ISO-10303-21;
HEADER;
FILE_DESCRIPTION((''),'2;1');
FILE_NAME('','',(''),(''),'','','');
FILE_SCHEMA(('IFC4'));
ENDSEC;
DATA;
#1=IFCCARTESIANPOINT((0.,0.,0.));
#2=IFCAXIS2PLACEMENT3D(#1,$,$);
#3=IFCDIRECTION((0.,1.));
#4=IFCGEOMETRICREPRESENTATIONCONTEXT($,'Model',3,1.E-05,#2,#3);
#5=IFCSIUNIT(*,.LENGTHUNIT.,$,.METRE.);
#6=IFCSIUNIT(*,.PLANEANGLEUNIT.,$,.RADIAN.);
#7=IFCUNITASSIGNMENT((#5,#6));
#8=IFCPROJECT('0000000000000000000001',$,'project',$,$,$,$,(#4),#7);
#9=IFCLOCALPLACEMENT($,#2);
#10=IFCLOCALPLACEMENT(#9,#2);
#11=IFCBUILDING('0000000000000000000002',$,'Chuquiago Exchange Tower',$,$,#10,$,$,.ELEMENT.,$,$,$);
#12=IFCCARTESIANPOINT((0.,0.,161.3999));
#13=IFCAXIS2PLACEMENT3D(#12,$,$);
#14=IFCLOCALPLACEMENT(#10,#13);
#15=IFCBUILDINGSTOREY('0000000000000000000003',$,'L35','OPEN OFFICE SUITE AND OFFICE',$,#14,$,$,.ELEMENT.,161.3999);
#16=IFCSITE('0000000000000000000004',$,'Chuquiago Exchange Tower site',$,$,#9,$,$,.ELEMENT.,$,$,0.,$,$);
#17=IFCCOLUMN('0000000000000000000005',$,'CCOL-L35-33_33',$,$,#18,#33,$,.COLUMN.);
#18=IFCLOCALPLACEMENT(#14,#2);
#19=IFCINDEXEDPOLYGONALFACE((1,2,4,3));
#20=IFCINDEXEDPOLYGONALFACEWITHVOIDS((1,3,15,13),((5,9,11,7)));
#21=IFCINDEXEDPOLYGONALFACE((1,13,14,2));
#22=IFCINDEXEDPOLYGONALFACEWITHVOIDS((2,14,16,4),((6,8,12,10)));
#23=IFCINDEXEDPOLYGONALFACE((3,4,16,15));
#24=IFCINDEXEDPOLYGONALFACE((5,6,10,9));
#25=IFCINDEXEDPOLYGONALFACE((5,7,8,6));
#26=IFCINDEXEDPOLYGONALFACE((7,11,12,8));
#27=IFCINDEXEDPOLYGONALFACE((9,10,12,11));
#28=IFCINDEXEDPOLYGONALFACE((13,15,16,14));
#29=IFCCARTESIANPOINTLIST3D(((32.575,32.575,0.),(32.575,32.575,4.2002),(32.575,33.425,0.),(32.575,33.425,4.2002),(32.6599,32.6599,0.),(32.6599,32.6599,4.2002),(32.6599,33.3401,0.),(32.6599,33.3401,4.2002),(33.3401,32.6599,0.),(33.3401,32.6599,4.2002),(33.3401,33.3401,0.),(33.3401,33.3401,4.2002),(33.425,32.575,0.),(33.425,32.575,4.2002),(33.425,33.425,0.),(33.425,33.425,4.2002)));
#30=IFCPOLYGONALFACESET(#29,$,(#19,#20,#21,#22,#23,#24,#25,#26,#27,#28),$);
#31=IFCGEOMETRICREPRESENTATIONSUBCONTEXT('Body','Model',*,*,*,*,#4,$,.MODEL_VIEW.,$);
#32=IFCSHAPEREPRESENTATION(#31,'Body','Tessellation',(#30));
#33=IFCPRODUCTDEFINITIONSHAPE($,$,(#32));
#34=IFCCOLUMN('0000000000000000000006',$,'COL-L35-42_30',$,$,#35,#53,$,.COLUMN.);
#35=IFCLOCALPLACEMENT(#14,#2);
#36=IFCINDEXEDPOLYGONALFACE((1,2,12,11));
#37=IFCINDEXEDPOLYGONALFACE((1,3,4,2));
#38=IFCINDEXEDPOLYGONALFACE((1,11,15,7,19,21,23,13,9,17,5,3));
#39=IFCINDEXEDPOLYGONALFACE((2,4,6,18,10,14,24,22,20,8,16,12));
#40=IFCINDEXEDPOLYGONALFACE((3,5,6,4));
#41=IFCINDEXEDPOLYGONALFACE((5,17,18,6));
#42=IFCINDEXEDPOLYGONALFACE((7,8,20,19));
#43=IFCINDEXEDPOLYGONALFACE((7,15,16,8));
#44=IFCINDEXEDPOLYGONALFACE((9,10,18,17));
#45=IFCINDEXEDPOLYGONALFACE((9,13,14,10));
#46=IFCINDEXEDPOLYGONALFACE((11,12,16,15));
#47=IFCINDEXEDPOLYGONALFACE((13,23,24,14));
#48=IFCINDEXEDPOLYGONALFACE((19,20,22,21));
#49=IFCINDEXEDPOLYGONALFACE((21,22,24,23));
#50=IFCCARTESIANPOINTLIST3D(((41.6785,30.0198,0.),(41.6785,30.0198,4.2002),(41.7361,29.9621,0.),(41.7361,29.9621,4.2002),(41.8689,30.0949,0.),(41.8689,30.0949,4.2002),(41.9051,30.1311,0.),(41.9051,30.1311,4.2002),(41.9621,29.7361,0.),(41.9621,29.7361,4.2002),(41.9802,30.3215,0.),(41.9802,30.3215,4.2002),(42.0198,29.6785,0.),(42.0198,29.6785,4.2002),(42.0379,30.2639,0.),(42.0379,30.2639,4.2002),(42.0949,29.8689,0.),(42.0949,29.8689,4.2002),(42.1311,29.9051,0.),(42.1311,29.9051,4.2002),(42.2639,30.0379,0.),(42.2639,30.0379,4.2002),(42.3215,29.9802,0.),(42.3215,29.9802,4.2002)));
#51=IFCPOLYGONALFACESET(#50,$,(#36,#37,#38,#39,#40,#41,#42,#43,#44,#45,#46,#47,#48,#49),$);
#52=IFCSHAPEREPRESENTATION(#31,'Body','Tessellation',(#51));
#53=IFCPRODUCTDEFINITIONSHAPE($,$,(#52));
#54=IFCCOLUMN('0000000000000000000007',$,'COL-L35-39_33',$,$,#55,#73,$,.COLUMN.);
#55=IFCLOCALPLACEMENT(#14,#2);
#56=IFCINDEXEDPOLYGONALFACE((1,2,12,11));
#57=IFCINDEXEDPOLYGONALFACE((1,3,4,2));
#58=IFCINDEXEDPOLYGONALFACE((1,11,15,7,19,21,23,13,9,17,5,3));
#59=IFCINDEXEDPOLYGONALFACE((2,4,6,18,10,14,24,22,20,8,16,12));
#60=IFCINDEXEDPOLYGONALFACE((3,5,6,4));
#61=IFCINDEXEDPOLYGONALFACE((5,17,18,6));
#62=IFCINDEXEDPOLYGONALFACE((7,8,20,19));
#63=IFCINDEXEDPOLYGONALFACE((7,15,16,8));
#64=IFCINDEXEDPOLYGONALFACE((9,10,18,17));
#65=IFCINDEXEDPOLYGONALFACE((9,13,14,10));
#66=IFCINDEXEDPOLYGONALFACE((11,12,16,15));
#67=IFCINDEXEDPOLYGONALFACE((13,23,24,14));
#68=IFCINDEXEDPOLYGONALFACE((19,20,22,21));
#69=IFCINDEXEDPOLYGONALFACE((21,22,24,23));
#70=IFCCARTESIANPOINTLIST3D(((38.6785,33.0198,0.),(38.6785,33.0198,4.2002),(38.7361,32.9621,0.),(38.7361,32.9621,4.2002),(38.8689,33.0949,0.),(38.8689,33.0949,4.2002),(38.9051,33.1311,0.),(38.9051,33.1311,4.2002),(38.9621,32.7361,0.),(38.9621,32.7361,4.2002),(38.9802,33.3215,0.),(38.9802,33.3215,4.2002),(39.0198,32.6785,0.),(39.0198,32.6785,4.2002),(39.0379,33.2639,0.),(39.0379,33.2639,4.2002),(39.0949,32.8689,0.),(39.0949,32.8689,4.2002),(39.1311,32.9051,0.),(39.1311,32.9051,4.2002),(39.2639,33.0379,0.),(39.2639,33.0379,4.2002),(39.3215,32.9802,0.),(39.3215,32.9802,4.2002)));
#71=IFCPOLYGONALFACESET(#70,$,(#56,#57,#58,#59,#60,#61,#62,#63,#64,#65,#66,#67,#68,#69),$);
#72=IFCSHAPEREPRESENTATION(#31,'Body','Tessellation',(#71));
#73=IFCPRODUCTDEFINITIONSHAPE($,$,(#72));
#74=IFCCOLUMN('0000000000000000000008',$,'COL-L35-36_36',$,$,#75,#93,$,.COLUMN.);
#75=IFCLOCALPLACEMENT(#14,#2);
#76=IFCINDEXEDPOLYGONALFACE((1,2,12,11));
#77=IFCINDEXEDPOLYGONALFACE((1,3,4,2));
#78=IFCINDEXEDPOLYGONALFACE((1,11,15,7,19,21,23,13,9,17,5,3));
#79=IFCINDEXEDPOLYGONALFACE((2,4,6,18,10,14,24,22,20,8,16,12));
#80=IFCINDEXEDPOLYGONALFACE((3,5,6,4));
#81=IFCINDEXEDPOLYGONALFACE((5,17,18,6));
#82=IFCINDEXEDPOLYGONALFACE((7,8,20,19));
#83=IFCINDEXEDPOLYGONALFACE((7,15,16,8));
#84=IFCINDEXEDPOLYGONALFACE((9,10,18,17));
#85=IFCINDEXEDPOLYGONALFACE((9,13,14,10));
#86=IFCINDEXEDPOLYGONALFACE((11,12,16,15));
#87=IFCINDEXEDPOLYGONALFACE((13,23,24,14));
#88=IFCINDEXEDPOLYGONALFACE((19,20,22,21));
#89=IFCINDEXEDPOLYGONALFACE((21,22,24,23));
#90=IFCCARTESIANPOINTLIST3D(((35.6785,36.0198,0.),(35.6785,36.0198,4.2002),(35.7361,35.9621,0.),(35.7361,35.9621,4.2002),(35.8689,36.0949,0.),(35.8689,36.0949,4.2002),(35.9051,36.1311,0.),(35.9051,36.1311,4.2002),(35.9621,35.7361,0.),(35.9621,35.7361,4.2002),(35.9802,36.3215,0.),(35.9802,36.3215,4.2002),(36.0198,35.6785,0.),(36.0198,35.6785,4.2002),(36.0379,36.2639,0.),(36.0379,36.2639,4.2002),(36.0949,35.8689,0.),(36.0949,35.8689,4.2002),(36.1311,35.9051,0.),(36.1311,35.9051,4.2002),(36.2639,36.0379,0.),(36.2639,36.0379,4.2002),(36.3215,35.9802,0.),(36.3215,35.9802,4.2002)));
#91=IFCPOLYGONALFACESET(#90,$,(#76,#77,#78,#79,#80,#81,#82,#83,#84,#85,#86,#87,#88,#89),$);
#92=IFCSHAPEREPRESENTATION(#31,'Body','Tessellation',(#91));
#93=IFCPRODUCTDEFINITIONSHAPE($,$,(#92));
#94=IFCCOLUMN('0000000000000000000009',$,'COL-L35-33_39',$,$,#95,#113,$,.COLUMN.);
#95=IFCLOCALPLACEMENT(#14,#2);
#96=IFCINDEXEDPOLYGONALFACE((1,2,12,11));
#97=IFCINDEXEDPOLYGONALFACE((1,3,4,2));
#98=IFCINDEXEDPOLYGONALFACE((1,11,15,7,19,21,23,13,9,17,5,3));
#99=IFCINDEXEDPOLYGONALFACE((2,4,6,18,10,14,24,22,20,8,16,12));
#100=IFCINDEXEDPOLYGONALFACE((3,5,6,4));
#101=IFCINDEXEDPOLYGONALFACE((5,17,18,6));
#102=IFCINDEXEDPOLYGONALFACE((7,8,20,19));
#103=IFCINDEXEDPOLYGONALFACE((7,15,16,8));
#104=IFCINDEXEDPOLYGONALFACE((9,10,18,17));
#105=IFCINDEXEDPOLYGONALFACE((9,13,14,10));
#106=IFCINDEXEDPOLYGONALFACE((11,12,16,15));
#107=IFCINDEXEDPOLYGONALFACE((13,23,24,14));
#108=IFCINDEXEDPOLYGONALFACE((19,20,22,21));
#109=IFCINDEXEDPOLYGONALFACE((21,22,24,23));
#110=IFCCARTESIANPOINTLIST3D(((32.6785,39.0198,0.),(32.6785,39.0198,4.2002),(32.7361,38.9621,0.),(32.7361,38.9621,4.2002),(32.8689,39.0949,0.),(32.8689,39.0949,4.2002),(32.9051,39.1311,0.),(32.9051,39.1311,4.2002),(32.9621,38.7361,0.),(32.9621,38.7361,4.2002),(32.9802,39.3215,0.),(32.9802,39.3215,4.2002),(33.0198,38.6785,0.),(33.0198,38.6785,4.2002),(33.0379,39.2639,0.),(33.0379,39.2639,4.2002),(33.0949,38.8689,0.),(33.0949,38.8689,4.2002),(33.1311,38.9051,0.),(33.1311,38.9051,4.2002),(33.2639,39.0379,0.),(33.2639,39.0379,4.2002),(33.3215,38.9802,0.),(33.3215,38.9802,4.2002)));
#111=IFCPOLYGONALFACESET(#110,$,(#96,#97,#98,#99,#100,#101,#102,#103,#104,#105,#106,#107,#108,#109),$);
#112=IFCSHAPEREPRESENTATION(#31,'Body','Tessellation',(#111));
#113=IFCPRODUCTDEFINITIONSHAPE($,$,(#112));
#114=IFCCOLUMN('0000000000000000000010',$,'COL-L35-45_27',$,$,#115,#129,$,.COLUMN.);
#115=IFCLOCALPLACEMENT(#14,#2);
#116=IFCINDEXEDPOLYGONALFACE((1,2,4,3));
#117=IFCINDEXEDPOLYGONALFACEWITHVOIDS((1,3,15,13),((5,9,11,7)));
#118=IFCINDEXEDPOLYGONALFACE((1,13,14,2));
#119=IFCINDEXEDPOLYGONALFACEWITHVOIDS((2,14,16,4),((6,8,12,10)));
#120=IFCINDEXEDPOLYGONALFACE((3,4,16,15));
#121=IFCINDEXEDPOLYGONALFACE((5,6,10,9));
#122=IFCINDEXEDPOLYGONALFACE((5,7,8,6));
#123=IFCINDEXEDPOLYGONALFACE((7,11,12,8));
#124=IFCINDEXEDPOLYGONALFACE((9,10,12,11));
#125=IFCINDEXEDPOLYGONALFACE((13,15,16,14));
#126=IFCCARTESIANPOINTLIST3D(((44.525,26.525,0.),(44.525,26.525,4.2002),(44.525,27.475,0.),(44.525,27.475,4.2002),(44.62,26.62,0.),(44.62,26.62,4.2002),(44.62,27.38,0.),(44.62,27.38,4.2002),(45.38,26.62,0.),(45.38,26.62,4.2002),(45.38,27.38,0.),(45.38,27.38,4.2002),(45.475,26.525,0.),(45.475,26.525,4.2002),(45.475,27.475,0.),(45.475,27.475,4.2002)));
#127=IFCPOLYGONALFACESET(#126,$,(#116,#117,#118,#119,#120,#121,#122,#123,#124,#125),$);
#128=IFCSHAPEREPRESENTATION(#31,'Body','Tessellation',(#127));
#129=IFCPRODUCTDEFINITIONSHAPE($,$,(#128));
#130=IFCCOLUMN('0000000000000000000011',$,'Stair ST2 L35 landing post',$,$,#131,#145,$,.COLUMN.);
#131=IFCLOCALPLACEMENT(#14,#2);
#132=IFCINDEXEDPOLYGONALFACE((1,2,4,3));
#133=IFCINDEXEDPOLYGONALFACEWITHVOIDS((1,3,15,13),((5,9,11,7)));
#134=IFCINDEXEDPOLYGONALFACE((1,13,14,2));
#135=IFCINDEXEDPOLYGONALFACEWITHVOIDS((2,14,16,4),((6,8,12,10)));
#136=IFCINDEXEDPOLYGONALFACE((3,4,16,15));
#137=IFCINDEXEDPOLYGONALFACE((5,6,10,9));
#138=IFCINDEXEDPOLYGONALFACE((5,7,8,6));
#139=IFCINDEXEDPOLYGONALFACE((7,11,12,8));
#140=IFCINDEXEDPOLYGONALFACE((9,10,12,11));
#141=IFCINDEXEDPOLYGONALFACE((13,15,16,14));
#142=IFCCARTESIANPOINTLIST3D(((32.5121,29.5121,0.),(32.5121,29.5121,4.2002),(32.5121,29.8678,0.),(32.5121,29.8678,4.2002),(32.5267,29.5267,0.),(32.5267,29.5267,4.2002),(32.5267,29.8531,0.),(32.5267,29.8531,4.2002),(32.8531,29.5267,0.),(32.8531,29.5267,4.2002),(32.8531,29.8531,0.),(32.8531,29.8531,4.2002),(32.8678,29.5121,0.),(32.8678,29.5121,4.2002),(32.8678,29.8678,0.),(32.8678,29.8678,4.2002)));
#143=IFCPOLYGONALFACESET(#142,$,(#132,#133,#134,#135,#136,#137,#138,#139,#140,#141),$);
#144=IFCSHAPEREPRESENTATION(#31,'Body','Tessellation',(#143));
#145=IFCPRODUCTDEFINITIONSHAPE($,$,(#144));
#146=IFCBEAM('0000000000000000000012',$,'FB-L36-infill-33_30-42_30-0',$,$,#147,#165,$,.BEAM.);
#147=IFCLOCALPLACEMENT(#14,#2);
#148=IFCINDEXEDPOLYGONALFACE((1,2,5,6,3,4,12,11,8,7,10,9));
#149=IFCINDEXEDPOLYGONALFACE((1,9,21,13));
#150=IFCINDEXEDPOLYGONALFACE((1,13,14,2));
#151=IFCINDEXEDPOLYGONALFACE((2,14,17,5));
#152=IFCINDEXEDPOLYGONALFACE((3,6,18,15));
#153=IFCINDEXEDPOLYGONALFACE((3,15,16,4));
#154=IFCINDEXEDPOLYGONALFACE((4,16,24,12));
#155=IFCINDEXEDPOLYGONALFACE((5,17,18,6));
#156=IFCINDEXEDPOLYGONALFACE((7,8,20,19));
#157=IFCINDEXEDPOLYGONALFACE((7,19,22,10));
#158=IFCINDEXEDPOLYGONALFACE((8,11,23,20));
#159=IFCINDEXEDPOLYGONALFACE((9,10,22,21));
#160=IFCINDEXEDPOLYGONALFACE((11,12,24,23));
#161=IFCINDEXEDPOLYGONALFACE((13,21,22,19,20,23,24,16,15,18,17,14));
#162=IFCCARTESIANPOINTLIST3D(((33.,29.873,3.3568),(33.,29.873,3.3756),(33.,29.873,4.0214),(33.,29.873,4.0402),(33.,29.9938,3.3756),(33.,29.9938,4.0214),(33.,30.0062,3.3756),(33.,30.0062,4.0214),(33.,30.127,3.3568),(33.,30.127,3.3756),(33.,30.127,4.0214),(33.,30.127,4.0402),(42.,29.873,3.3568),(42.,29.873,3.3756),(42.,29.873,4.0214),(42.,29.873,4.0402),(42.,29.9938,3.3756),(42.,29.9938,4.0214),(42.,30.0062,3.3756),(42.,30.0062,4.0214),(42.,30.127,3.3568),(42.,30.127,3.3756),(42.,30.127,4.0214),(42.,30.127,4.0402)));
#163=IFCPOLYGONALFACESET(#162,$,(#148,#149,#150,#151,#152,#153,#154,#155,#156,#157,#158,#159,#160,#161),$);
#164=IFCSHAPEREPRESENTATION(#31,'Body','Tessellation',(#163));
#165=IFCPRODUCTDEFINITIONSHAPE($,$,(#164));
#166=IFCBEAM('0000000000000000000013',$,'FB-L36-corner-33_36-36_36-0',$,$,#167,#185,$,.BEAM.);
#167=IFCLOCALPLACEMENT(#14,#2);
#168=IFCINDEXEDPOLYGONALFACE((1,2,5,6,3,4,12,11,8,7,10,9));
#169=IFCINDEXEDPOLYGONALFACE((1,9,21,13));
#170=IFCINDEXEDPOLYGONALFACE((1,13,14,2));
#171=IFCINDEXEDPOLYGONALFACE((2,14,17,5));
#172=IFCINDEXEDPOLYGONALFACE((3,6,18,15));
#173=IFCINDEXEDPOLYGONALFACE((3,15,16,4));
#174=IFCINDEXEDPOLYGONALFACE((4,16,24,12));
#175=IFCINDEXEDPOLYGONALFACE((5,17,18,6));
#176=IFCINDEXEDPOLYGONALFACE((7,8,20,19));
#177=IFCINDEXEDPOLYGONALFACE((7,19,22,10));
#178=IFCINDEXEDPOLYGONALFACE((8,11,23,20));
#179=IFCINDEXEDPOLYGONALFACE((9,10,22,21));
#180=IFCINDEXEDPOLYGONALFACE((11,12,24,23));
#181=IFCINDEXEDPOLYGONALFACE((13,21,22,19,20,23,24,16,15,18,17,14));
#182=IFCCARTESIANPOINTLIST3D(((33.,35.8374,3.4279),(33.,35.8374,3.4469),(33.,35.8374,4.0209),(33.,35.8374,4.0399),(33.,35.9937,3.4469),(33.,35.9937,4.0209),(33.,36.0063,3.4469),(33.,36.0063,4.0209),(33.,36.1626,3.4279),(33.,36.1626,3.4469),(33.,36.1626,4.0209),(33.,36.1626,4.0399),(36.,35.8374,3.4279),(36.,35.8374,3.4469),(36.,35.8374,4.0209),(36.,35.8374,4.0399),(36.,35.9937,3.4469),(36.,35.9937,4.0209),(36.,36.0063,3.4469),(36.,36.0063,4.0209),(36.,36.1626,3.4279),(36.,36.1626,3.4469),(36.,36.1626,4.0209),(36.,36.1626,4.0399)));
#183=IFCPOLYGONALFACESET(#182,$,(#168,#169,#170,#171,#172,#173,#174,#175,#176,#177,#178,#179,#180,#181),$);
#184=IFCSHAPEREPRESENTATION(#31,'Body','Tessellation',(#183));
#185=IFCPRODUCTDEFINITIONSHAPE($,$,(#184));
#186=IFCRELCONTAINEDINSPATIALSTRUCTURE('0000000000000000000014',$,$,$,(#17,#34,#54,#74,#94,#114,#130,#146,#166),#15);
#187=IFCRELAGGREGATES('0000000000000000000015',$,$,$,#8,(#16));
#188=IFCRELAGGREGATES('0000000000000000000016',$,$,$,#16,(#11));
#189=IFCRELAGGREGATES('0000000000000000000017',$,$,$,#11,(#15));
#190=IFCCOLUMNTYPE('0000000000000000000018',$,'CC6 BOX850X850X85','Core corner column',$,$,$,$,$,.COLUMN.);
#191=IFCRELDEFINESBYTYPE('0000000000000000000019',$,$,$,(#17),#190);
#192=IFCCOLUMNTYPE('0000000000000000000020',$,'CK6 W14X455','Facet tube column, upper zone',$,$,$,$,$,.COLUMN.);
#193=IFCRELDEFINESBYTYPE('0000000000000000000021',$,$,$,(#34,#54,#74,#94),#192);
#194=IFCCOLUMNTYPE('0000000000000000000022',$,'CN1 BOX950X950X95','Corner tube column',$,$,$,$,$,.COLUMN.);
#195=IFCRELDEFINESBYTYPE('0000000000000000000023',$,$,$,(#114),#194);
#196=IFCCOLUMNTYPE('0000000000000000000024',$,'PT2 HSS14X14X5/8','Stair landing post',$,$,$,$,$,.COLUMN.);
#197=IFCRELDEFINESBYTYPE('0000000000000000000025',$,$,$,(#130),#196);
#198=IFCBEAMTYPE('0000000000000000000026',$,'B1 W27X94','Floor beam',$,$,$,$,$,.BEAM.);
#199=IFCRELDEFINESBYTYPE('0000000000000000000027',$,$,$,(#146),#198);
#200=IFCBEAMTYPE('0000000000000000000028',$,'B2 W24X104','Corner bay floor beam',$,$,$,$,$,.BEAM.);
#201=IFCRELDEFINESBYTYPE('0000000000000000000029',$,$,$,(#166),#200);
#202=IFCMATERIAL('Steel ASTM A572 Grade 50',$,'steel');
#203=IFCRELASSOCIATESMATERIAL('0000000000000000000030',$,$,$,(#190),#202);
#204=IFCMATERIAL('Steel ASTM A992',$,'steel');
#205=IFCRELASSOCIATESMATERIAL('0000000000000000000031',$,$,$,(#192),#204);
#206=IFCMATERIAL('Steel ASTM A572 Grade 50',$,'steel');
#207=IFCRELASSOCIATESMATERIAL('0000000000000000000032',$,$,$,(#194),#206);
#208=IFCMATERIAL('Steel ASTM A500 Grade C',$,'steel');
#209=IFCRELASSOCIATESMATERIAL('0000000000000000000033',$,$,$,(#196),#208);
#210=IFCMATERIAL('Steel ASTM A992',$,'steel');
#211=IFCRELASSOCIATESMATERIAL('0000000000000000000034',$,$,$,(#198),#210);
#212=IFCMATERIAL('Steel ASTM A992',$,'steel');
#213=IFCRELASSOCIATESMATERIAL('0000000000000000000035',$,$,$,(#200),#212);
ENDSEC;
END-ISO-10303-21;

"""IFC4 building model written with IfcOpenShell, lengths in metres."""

from ifc_helpers import new_model, si_unit, direction, frame, origin, origin_2d, place, context, subcontext, project, spatial, hollow_rectangle, i_section, extrude, material, material_profile, profile_set, type_object, element, save


model = new_model("IFC4")

# Units and contexts
model_context = context("Model", 3, precision=1e-05, world=origin(), true_north=direction((0.0, 1.0)))
body_context = subcontext(model_context, "Body", "Model", "MODEL_VIEW")
ifc_project = project(units=[si_unit("LENGTHUNIT", "METRE"), si_unit("PLANEANGLEUNIT", "RADIAN")], contexts=[model_context])

# Site, building, storey
site_placement = place(None, origin())
site = spatial("IfcSite", under=ifc_project, at=site_placement, Name="Chuquiago Exchange Tower site", CompositionType="ELEMENT", RefElevation=0.0)
building_placement = place(site_placement, origin())
building = spatial("IfcBuilding", under=site, at=building_placement, Name="Chuquiago Exchange Tower", CompositionType="ELEMENT")
storey_placement = place(building_placement, frame((0.0, 0.0, 161.3999)))
storey = spatial("IfcBuildingStorey", under=building, at=storey_placement, Name="L35", Description="OPEN OFFICE SUITE AND OFFICE", CompositionType="ELEMENT", Elevation=161.3999)

# Columns
ifc_material_1 = material(Name="Steel ASTM A572 Grade 50", Category="steel")
ifc_material_profile_1 = material_profile(ifc_material_1, hollow_rectangle(XDim=0.8501, YDim=0.8501, WallThickness=0.085, at=origin_2d()), Name="BOX850X850X85")
ifc_profile_set_1 = profile_set([ifc_material_profile_1], Name="Steel ASTM A572 Grade 50")
column_type_1 = type_object("IfcColumnType", Name="CC6 BOX850X850X85", Description="Core corner column", PredefinedType="COLUMN", material=ifc_profile_set_1)
column_1_placement = place(storey_placement, frame((33.0, 33.0, 0.0), z_axis=(0.0, 0.0, 1.0), x_axis=(1.0, 0.0, 0.0)))
element("IfcColumn", 1, at=column_1_placement, inside=storey, type_object=column_type_1, Name="CCOL-L35-33_33", PredefinedType="COLUMN", context=body_context, shape_type="SweptSolid", body=[
    extrude(hollow_rectangle(XDim=0.8501, YDim=0.8501, WallThickness=0.085, at=origin_2d()), origin(), (0.0, 0.0, 1.0), 4.2002),
])
ifc_material_2 = material(Name="Steel ASTM A992", Category="steel")
ifc_material_profile_2 = material_profile(ifc_material_2, i_section(OverallWidth=0.4268, OverallDepth=0.4827, WebThickness=0.0513, FlangeThickness=0.0815, at=origin_2d()), Name="W14X455")
ifc_profile_set_2 = profile_set([ifc_material_profile_2], Name="Steel ASTM A992")
column_type_2 = type_object("IfcColumnType", Name="CK6 W14X455", Description="Facet tube column, upper zone", PredefinedType="COLUMN", material=ifc_profile_set_2)
for number, where, z_axis, x_axis, name in (
    (2, (42.0, 30.0, 0.0), (0.0, 0.0, 1.0), (0.707107, 0.707107, 0.0), "COL-L35-42_30"),
    (3, (39.0, 33.0, 0.0), (0.0, 0.0, 1.0), (0.707107, 0.707107, 0.0), "COL-L35-39_33"),
    (4, (36.0, 36.0, 0.0), (0.0, 0.0, 1.0), (0.707107, 0.707107, 0.0), "COL-L35-36_36"),
    (5, (33.0, 39.0, 0.0), (0.0, 0.0, 1.0), (0.707107, 0.707107, 0.0), "COL-L35-33_39"),
):
    element("IfcColumn", number, at=place(storey_placement, frame(where, z_axis=z_axis, x_axis=x_axis)), inside=storey, type_object=column_type_2, Name=name, PredefinedType="COLUMN", context=body_context, shape_type="SweptSolid", body=[
        extrude(i_section(OverallWidth=0.4268, OverallDepth=0.4827, WebThickness=0.0513, FlangeThickness=0.0815, at=origin_2d()), origin(), (0.0, 0.0, 1.0), 4.2002),
    ])
ifc_material_3 = material(Name="Steel ASTM A572 Grade 50", Category="steel")
ifc_material_profile_3 = material_profile(ifc_material_3, hollow_rectangle(XDim=0.95, YDim=0.95, WallThickness=0.095, at=origin_2d()), Name="BOX950X950X95")
ifc_profile_set_3 = profile_set([ifc_material_profile_3], Name="Steel ASTM A572 Grade 50")
column_type_3 = type_object("IfcColumnType", Name="CN1 BOX950X950X95", Description="Corner tube column", PredefinedType="COLUMN", material=ifc_profile_set_3)
column_2_placement = place(storey_placement, frame((45.0, 27.0, 0.0), z_axis=(0.0, 0.0, 1.0), x_axis=(1.0, 0.0, 0.0)))
element("IfcColumn", 6, at=column_2_placement, inside=storey, type_object=column_type_3, Name="COL-L35-45_27", PredefinedType="COLUMN", context=body_context, shape_type="SweptSolid", body=[
    extrude(hollow_rectangle(XDim=0.95, YDim=0.95, WallThickness=0.095, at=origin_2d()), origin(), (0.0, 0.0, 1.0), 4.2002),
])
ifc_material_4 = material(Name="Steel ASTM A500 Grade C", Category="steel")
ifc_material_profile_4 = material_profile(ifc_material_4, hollow_rectangle(XDim=0.3557, YDim=0.3557, WallThickness=0.0146, at=origin_2d()), Name="HSS14X14X5/8")
ifc_profile_set_4 = profile_set([ifc_material_profile_4], Name="Steel ASTM A500 Grade C")
column_type_4 = type_object("IfcColumnType", Name="PT2 HSS14X14X5/8", Description="Stair landing post", PredefinedType="COLUMN", material=ifc_profile_set_4)
column_3_placement = place(storey_placement, frame((32.6899, 29.6899, 0.0), z_axis=(0.0, 0.0, 1.0), x_axis=(1.0, 0.0, 0.0)))
element("IfcColumn", 7, at=column_3_placement, inside=storey, type_object=column_type_4, Name="Stair ST2 L35 landing post", PredefinedType="COLUMN", context=body_context, shape_type="SweptSolid", body=[
    extrude(hollow_rectangle(XDim=0.3557, YDim=0.3557, WallThickness=0.0146, at=origin_2d()), origin(), (0.0, 0.0, 1.0), 4.2002),
])

# Beams
ifc_material_5 = material(Name="Steel ASTM A992", Category="steel")
ifc_material_profile_5 = material_profile(ifc_material_5, i_section(OverallWidth=0.2539, OverallDepth=0.6833, WebThickness=0.0125, FlangeThickness=0.0188, at=origin_2d()), Name="W27X94")
ifc_profile_set_5 = profile_set([ifc_material_profile_5], Name="Steel ASTM A992")
beam_type_1 = type_object("IfcBeamType", Name="B1 W27X94", Description="Floor beam", PredefinedType="BEAM", material=ifc_profile_set_5)
beam_1_placement = place(storey_placement, frame((33.0, 30.0, 3.6985), z_axis=(1.0, 0.0, 0.0), x_axis=(0.0, 1.0, 0.0)))
element("IfcBeam", 8, at=beam_1_placement, inside=storey, type_object=beam_type_1, Name="FB-L36-infill-33_30-42_30-0", PredefinedType="BEAM", context=body_context, shape_type="SweptSolid", body=[
    extrude(i_section(OverallWidth=0.2539, OverallDepth=0.6833, WebThickness=0.0125, FlangeThickness=0.0188, at=origin_2d()), origin(), (0.0, 0.0, 1.0), 9.0),
])
ifc_material_6 = material(Name="Steel ASTM A992", Category="steel")
ifc_material_profile_6 = material_profile(ifc_material_6, i_section(OverallWidth=0.3252, OverallDepth=0.6121, WebThickness=0.0127, FlangeThickness=0.019, at=origin_2d()), Name="W24X104")
ifc_profile_set_6 = profile_set([ifc_material_profile_6], Name="Steel ASTM A992")
beam_type_2 = type_object("IfcBeamType", Name="B2 W24X104", Description="Corner bay floor beam", PredefinedType="BEAM", material=ifc_profile_set_6)
beam_2_placement = place(storey_placement, frame((33.0, 36.0, 3.7339), z_axis=(1.0, 0.0, 0.0), x_axis=(0.0, 1.0, 0.0)))
element("IfcBeam", 9, at=beam_2_placement, inside=storey, type_object=beam_type_2, Name="FB-L36-corner-33_36-36_36-0", PredefinedType="BEAM", context=body_context, shape_type="SweptSolid", body=[
    extrude(i_section(OverallWidth=0.3252, OverallDepth=0.6121, WebThickness=0.0127, FlangeThickness=0.019, at=origin_2d()), origin(), (0.0, 0.0, 1.0), 3.0),
])

save(model, "model.ifc")
